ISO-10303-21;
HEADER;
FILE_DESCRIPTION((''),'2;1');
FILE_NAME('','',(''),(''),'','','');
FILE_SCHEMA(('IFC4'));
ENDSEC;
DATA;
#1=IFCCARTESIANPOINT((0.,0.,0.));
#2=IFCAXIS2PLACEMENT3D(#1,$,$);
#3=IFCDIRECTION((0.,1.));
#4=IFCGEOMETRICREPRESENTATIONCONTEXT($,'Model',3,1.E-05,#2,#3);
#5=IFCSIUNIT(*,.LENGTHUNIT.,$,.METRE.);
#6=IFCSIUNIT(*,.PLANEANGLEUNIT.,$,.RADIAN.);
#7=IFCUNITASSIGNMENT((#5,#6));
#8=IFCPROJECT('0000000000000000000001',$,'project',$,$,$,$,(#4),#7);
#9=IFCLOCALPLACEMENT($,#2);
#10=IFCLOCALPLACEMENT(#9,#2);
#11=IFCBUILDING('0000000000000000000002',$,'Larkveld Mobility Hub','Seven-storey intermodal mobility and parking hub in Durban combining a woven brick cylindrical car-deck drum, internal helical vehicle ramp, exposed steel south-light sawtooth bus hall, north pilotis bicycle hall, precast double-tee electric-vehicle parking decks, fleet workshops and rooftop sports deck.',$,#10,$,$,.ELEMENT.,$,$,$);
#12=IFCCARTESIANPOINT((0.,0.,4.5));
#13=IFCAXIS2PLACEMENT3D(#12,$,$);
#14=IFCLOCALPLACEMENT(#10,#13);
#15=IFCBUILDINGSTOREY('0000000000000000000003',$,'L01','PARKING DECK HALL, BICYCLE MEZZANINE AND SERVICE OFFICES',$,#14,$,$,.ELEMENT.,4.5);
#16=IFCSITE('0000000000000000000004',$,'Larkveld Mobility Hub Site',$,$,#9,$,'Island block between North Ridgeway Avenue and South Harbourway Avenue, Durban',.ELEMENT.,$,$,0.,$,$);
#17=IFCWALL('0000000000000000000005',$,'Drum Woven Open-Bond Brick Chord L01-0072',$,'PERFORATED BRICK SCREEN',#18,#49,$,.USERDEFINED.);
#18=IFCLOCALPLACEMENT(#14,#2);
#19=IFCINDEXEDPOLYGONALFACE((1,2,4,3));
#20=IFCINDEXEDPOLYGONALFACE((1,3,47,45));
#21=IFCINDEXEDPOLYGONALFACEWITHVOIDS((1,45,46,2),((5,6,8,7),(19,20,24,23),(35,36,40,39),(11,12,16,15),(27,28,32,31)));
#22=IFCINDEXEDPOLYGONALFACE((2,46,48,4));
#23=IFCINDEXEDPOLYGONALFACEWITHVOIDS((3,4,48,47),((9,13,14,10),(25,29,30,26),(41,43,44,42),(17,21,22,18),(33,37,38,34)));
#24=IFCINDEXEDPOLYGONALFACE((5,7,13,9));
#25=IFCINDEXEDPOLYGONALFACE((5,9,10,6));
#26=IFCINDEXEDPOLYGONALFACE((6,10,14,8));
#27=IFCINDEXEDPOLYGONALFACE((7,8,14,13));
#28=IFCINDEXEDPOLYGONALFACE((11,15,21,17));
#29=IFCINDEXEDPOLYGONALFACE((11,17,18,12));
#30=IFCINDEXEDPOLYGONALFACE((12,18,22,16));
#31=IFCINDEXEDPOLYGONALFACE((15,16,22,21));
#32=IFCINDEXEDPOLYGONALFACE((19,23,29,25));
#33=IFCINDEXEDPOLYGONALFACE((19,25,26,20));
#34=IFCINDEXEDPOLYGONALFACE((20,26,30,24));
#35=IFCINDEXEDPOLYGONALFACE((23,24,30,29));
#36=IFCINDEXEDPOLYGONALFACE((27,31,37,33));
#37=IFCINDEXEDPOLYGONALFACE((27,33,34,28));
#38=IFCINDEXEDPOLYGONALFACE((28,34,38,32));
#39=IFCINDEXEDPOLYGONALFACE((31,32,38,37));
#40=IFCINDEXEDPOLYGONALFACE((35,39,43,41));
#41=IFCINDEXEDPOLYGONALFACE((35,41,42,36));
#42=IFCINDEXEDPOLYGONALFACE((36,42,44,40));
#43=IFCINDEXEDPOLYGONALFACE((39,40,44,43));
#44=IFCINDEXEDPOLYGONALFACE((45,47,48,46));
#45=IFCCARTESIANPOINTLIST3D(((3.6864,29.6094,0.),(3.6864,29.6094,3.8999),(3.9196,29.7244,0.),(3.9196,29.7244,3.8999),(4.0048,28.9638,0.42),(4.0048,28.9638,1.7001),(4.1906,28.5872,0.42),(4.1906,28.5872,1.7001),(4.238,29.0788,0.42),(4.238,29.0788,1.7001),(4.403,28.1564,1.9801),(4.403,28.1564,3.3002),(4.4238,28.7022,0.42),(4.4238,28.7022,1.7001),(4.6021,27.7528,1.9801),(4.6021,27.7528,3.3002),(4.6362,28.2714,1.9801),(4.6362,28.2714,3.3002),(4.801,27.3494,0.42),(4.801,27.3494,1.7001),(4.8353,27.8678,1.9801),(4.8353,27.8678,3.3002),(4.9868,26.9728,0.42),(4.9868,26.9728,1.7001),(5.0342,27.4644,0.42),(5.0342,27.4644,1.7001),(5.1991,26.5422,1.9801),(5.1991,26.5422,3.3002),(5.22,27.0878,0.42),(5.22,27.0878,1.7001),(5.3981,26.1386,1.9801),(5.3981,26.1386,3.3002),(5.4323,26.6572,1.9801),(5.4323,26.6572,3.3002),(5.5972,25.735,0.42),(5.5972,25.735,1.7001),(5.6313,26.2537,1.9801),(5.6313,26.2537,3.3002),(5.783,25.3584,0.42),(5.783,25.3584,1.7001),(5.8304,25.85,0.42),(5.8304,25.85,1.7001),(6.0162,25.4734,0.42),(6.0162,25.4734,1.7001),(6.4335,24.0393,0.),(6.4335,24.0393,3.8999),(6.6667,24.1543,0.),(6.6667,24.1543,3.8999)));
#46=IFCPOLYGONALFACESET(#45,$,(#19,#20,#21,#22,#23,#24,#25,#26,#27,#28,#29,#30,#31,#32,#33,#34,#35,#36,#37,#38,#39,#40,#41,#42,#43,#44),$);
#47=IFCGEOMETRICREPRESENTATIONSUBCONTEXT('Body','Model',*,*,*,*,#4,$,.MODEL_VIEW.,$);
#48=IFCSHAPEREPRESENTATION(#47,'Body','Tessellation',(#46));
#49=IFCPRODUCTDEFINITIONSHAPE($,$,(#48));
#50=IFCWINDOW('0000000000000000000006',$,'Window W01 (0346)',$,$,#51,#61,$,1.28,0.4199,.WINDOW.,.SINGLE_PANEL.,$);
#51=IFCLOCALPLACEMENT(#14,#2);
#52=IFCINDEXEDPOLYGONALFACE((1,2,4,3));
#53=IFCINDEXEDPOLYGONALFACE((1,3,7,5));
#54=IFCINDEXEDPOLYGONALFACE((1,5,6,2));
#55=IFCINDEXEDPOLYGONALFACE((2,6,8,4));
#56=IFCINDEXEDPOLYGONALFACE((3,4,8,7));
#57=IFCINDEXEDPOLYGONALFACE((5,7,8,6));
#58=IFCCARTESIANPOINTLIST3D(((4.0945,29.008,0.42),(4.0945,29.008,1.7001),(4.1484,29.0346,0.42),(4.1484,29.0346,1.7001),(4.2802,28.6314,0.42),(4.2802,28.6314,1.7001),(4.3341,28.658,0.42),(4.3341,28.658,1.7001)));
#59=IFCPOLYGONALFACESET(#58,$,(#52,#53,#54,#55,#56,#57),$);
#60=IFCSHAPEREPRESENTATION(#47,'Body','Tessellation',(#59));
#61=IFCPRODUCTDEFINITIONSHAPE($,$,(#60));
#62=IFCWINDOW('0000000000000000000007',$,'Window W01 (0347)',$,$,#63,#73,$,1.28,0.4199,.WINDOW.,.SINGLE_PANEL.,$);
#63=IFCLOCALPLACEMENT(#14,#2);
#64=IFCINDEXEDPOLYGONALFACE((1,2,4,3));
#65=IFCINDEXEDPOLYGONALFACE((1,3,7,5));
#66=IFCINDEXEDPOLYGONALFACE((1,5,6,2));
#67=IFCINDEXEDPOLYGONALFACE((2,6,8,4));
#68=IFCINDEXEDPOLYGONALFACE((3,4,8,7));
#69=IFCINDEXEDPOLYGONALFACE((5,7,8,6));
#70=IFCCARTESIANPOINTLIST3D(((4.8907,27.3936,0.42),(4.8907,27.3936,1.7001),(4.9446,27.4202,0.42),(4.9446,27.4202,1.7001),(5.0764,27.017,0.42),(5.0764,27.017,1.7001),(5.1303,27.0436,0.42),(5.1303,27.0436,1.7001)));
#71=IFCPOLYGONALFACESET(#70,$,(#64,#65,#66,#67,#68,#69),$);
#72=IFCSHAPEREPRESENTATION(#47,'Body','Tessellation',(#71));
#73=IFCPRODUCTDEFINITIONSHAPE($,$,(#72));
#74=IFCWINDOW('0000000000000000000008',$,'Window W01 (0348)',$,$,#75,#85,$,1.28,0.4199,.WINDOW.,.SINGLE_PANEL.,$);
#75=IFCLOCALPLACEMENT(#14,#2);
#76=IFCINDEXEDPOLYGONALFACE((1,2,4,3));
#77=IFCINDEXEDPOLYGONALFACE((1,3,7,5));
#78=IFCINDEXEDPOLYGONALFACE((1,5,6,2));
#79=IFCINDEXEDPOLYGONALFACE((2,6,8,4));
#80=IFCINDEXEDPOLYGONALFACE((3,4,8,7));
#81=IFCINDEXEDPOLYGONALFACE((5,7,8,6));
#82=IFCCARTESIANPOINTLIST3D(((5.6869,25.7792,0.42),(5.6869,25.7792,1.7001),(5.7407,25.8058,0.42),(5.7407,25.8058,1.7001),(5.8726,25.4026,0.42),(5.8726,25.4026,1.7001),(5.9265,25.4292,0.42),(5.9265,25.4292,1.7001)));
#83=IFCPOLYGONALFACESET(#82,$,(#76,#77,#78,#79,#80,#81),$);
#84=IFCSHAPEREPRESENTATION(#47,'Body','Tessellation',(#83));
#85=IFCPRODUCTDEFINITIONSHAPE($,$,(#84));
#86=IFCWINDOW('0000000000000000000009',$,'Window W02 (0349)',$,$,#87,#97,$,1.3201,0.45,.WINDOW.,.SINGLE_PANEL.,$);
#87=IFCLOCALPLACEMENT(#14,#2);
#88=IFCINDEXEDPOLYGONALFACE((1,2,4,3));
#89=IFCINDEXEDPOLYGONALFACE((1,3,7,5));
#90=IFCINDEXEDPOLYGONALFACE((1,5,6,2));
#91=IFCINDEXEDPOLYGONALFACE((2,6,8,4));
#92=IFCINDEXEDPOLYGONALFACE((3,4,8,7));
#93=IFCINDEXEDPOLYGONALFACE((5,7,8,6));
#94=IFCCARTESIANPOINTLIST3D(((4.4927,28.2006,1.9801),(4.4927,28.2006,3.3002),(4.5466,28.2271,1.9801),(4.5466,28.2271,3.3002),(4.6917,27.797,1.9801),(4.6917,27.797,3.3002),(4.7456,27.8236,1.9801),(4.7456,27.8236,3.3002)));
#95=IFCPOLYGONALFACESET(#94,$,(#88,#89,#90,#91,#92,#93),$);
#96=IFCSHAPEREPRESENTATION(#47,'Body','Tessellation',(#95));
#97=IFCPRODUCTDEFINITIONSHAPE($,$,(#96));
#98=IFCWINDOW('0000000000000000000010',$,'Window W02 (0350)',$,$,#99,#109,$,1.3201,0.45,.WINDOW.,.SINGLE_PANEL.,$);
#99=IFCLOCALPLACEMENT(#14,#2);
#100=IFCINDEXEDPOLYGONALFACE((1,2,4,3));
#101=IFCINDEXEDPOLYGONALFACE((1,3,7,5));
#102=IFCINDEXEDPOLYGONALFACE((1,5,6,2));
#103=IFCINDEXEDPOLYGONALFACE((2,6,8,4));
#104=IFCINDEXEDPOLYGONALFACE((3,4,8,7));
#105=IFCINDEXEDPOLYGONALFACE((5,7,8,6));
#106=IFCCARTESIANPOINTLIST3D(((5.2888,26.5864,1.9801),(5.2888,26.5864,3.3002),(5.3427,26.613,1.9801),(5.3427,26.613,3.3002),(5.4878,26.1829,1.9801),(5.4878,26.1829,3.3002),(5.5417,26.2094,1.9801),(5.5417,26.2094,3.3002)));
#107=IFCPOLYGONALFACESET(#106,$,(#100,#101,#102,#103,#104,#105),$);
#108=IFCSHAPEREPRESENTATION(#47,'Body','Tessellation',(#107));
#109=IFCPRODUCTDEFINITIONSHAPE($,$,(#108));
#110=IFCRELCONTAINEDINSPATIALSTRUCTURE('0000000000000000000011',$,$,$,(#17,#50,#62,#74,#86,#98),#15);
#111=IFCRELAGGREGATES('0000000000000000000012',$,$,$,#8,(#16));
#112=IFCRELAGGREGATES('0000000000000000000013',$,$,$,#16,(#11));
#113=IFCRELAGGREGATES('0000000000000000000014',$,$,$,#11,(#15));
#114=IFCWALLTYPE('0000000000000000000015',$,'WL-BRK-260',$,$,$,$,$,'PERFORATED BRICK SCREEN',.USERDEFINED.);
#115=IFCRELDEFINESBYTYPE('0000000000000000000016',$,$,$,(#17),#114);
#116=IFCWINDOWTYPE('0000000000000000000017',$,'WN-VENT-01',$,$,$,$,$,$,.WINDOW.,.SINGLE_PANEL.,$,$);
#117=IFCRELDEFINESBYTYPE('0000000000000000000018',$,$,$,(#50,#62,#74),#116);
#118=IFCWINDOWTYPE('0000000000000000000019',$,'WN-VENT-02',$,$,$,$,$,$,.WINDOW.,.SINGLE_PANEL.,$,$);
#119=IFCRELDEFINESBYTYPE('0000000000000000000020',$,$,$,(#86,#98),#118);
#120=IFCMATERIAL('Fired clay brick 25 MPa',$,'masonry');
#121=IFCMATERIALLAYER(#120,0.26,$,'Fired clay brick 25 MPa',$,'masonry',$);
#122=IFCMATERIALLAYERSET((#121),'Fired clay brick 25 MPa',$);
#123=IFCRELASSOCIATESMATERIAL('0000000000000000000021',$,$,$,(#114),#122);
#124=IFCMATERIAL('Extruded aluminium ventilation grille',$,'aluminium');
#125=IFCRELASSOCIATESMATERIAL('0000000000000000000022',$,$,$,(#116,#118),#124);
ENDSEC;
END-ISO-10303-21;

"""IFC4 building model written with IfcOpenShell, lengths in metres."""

from ifc_helpers import new_model, si_unit, direction, frame, frame_2d, origin, place, context, subcontext, project, spatial, rectangle, extrude, material, layer, layer_set, type_object, element, fill, save


model = new_model("IFC4")

# Units and contexts
model_context = context("Model", 3, precision=1e-05, world=origin(), true_north=direction((0.0, 1.0)))
body_context = subcontext(model_context, "Body", "Model", "MODEL_VIEW")
ifc_project = project(units=[si_unit("LENGTHUNIT", "METRE"), si_unit("PLANEANGLEUNIT", "RADIAN")], contexts=[model_context])

# Site, building, storey
site_placement = place(None, origin())
site = spatial("IfcSite", under=ifc_project, at=site_placement, Name="Larkveld Mobility Hub Site", LongName="Island block between North Ridgeway Avenue and South Harbourway Avenue, Durban", CompositionType="ELEMENT", RefElevation=0.0)
building_placement = place(site_placement, origin())
building = spatial("IfcBuilding", under=site, at=building_placement, Name="Larkveld Mobility Hub", Description="Seven-storey intermodal mobility and parking hub in Durban combining a woven brick cylindrical car-deck drum, internal helical vehicle ramp, exposed steel south-light sawtooth bus hall, north pilotis bicycle hall, precast double-tee electric-vehicle parking decks, fleet workshops and rooftop sports deck.", CompositionType="ELEMENT")
storey_placement = place(building_placement, frame((0.0, 0.0, 4.5)))
storey = spatial("IfcBuildingStorey", under=building, at=storey_placement, Name="L01", Description="PARKING DECK HALL, BICYCLE MEZZANINE AND SERVICE OFFICES", CompositionType="ELEMENT", Elevation=4.5)

# Wall, openings, windows
ifc_material_1 = material(Name="Fired clay brick 25 MPa", Category="masonry")
ifc_layer_1 = layer(ifc_material_1, 0.26, Name="Fired clay brick 25 MPa", Category="masonry")
ifc_layer_set_1 = layer_set([ifc_layer_1], Name="Fired clay brick 25 MPa")
wall_type_1 = type_object("IfcWallType", Name="WL-BRK-260", ElementType="PERFORATED BRICK SCREEN", PredefinedType="USERDEFINED", material=ifc_layer_set_1)
wall_1_placement = place(storey_placement, frame((3.803, 29.667, 0.0), z_axis=(0.0, 0.0, 1.0), x_axis=(0.442317, -0.896859, 0.0)))
wall_1 = element("IfcWall", 1, at=wall_1_placement, inside=storey, type_object=wall_type_1, Name="Drum Woven Open-Bond Brick Chord L01-0072", ObjectType="PERFORATED BRICK SCREEN", PredefinedType="USERDEFINED", context=body_context, shape_type="SweptSolid", body=[
    extrude(rectangle(XDim=6.2107, YDim=0.26, at=frame_2d((3.1055, 0.0))), origin(), (0.0, 0.0, 1.0), 3.8999),
])
opening_1_placement = place(wall_1_placement, frame((0.72, 0.0, 0.4199)))
opening_1 = element("IfcOpeningElement", 2, at=opening_1_placement, cuts=wall_1, PredefinedType="OPENING", context=body_context, shape_type="SweptSolid", body=[
    extrude(rectangle(XDim=0.4199, YDim=1.28, at=frame_2d((0.21, 0.6401))), frame((0.0, 0.1401, 0.0), z_axis=(0.0, -1.0, 0.0), x_axis=(1.0, 0.0, 0.0)), (0.0, 0.0, 1.0), 0.28),
])
opening_2_placement = place(wall_1_placement, frame((2.52, 0.0, 0.4199)))
opening_2 = element("IfcOpeningElement", 3, at=opening_2_placement, cuts=wall_1, PredefinedType="OPENING", context=body_context, shape_type="SweptSolid", body=[
    extrude(rectangle(XDim=0.4199, YDim=1.28, at=frame_2d((0.21, 0.6401))), frame((0.0, 0.1401, 0.0), z_axis=(0.0, -1.0, 0.0), x_axis=(1.0, 0.0, 0.0)), (0.0, 0.0, 1.0), 0.28),
])
opening_3_placement = place(wall_1_placement, frame((4.3201, 0.0, 0.4199)))
opening_3 = element("IfcOpeningElement", 4, at=opening_3_placement, cuts=wall_1, PredefinedType="OPENING", context=body_context, shape_type="SweptSolid", body=[
    extrude(rectangle(XDim=0.4199, YDim=1.28, at=frame_2d((0.21, 0.6401))), frame((0.0, 0.1401, 0.0), z_axis=(0.0, -1.0, 0.0), x_axis=(1.0, 0.0, 0.0)), (0.0, 0.0, 1.0), 0.28),
])
opening_4_placement = place(wall_1_placement, frame((1.6201, 0.0, 1.98)))
opening_4 = element("IfcOpeningElement", 5, at=opening_4_placement, cuts=wall_1, PredefinedType="OPENING", context=body_context, shape_type="SweptSolid", body=[
    extrude(rectangle(XDim=0.45, YDim=1.3201, at=frame_2d((0.2251, 0.6602))), frame((0.0, 0.1401, 0.0), z_axis=(0.0, -1.0, 0.0), x_axis=(1.0, 0.0, 0.0)), (0.0, 0.0, 1.0), 0.28),
])
opening_5_placement = place(wall_1_placement, frame((3.4199, 0.0, 1.98)))
opening_5 = element("IfcOpeningElement", 6, at=opening_5_placement, cuts=wall_1, PredefinedType="OPENING", context=body_context, shape_type="SweptSolid", body=[
    extrude(rectangle(XDim=0.45, YDim=1.3201, at=frame_2d((0.2251, 0.6602))), frame((0.0, 0.1401, 0.0), z_axis=(0.0, -1.0, 0.0), x_axis=(1.0, 0.0, 0.0)), (0.0, 0.0, 1.0), 0.28),
])
ifc_material_2 = material(Name="Extruded aluminium ventilation grille", Category="aluminium")
window_type_1 = type_object("IfcWindowType", Name="WN-VENT-01", PartitioningType="SINGLE_PANEL", PredefinedType="WINDOW", material=ifc_material_2)
window_1_placement = place(opening_1_placement, origin())
window_1 = element("IfcWindow", 7, at=window_1_placement, inside=storey, type_object=window_type_1, Name="Window W01 (0346)", OverallHeight=1.28, OverallWidth=0.4199, PartitioningType="SINGLE_PANEL", PredefinedType="WINDOW", context=body_context, shape_type="SweptSolid", body=[
    extrude(rectangle(XDim=0.4199, YDim=1.28, at=frame_2d((0.21, 0.6401))), frame((0.0, 0.03, 0.0), z_axis=(0.0, -1.0, 0.0), x_axis=(1.0, 0.0, 0.0)), (0.0, 0.0, 1.0), 0.0601),
])
fill(opening_1, window_1)
window_2_placement = place(opening_2_placement, origin())
window_2 = element("IfcWindow", 8, at=window_2_placement, inside=storey, type_object=window_type_1, Name="Window W01 (0347)", OverallHeight=1.28, OverallWidth=0.4199, PartitioningType="SINGLE_PANEL", PredefinedType="WINDOW", context=body_context, shape_type="SweptSolid", body=[
    extrude(rectangle(XDim=0.4199, YDim=1.28, at=frame_2d((0.21, 0.6401))), frame((0.0, 0.03, 0.0), z_axis=(0.0, -1.0, 0.0), x_axis=(1.0, 0.0, 0.0)), (0.0, 0.0, 1.0), 0.0601),
])
fill(opening_2, window_2)
window_3_placement = place(opening_3_placement, origin())
window_3 = element("IfcWindow", 9, at=window_3_placement, inside=storey, type_object=window_type_1, Name="Window W01 (0348)", OverallHeight=1.28, OverallWidth=0.4199, PartitioningType="SINGLE_PANEL", PredefinedType="WINDOW", context=body_context, shape_type="SweptSolid", body=[
    extrude(rectangle(XDim=0.4199, YDim=1.28, at=frame_2d((0.21, 0.6401))), frame((0.0, 0.03, 0.0), z_axis=(0.0, -1.0, 0.0), x_axis=(1.0, 0.0, 0.0)), (0.0, 0.0, 1.0), 0.0601),
])
fill(opening_3, window_3)
window_type_2 = type_object("IfcWindowType", Name="WN-VENT-02", PartitioningType="SINGLE_PANEL", PredefinedType="WINDOW", material=ifc_material_2)
window_4_placement = place(opening_4_placement, origin())
window_4 = element("IfcWindow", 10, at=window_4_placement, inside=storey, type_object=window_type_2, Name="Window W02 (0349)", OverallHeight=1.3201, OverallWidth=0.45, PartitioningType="SINGLE_PANEL", PredefinedType="WINDOW", context=body_context, shape_type="SweptSolid", body=[
    extrude(rectangle(XDim=0.45, YDim=1.3201, at=frame_2d((0.2251, 0.6602))), frame((0.0, 0.03, 0.0), z_axis=(0.0, -1.0, 0.0), x_axis=(1.0, 0.0, 0.0)), (0.0, 0.0, 1.0), 0.0601),
])
fill(opening_4, window_4)
window_5_placement = place(opening_5_placement, origin())
window_5 = element("IfcWindow", 11, at=window_5_placement, inside=storey, type_object=window_type_2, Name="Window W02 (0350)", OverallHeight=1.3201, OverallWidth=0.45, PartitioningType="SINGLE_PANEL", PredefinedType="WINDOW", context=body_context, shape_type="SweptSolid", body=[
    extrude(rectangle(XDim=0.45, YDim=1.3201, at=frame_2d((0.2251, 0.6602))), frame((0.0, 0.03, 0.0), z_axis=(0.0, -1.0, 0.0), x_axis=(1.0, 0.0, 0.0)), (0.0, 0.0, 1.0), 0.0601),
])
fill(opening_5, window_5)

save(model, "model.ifc")
